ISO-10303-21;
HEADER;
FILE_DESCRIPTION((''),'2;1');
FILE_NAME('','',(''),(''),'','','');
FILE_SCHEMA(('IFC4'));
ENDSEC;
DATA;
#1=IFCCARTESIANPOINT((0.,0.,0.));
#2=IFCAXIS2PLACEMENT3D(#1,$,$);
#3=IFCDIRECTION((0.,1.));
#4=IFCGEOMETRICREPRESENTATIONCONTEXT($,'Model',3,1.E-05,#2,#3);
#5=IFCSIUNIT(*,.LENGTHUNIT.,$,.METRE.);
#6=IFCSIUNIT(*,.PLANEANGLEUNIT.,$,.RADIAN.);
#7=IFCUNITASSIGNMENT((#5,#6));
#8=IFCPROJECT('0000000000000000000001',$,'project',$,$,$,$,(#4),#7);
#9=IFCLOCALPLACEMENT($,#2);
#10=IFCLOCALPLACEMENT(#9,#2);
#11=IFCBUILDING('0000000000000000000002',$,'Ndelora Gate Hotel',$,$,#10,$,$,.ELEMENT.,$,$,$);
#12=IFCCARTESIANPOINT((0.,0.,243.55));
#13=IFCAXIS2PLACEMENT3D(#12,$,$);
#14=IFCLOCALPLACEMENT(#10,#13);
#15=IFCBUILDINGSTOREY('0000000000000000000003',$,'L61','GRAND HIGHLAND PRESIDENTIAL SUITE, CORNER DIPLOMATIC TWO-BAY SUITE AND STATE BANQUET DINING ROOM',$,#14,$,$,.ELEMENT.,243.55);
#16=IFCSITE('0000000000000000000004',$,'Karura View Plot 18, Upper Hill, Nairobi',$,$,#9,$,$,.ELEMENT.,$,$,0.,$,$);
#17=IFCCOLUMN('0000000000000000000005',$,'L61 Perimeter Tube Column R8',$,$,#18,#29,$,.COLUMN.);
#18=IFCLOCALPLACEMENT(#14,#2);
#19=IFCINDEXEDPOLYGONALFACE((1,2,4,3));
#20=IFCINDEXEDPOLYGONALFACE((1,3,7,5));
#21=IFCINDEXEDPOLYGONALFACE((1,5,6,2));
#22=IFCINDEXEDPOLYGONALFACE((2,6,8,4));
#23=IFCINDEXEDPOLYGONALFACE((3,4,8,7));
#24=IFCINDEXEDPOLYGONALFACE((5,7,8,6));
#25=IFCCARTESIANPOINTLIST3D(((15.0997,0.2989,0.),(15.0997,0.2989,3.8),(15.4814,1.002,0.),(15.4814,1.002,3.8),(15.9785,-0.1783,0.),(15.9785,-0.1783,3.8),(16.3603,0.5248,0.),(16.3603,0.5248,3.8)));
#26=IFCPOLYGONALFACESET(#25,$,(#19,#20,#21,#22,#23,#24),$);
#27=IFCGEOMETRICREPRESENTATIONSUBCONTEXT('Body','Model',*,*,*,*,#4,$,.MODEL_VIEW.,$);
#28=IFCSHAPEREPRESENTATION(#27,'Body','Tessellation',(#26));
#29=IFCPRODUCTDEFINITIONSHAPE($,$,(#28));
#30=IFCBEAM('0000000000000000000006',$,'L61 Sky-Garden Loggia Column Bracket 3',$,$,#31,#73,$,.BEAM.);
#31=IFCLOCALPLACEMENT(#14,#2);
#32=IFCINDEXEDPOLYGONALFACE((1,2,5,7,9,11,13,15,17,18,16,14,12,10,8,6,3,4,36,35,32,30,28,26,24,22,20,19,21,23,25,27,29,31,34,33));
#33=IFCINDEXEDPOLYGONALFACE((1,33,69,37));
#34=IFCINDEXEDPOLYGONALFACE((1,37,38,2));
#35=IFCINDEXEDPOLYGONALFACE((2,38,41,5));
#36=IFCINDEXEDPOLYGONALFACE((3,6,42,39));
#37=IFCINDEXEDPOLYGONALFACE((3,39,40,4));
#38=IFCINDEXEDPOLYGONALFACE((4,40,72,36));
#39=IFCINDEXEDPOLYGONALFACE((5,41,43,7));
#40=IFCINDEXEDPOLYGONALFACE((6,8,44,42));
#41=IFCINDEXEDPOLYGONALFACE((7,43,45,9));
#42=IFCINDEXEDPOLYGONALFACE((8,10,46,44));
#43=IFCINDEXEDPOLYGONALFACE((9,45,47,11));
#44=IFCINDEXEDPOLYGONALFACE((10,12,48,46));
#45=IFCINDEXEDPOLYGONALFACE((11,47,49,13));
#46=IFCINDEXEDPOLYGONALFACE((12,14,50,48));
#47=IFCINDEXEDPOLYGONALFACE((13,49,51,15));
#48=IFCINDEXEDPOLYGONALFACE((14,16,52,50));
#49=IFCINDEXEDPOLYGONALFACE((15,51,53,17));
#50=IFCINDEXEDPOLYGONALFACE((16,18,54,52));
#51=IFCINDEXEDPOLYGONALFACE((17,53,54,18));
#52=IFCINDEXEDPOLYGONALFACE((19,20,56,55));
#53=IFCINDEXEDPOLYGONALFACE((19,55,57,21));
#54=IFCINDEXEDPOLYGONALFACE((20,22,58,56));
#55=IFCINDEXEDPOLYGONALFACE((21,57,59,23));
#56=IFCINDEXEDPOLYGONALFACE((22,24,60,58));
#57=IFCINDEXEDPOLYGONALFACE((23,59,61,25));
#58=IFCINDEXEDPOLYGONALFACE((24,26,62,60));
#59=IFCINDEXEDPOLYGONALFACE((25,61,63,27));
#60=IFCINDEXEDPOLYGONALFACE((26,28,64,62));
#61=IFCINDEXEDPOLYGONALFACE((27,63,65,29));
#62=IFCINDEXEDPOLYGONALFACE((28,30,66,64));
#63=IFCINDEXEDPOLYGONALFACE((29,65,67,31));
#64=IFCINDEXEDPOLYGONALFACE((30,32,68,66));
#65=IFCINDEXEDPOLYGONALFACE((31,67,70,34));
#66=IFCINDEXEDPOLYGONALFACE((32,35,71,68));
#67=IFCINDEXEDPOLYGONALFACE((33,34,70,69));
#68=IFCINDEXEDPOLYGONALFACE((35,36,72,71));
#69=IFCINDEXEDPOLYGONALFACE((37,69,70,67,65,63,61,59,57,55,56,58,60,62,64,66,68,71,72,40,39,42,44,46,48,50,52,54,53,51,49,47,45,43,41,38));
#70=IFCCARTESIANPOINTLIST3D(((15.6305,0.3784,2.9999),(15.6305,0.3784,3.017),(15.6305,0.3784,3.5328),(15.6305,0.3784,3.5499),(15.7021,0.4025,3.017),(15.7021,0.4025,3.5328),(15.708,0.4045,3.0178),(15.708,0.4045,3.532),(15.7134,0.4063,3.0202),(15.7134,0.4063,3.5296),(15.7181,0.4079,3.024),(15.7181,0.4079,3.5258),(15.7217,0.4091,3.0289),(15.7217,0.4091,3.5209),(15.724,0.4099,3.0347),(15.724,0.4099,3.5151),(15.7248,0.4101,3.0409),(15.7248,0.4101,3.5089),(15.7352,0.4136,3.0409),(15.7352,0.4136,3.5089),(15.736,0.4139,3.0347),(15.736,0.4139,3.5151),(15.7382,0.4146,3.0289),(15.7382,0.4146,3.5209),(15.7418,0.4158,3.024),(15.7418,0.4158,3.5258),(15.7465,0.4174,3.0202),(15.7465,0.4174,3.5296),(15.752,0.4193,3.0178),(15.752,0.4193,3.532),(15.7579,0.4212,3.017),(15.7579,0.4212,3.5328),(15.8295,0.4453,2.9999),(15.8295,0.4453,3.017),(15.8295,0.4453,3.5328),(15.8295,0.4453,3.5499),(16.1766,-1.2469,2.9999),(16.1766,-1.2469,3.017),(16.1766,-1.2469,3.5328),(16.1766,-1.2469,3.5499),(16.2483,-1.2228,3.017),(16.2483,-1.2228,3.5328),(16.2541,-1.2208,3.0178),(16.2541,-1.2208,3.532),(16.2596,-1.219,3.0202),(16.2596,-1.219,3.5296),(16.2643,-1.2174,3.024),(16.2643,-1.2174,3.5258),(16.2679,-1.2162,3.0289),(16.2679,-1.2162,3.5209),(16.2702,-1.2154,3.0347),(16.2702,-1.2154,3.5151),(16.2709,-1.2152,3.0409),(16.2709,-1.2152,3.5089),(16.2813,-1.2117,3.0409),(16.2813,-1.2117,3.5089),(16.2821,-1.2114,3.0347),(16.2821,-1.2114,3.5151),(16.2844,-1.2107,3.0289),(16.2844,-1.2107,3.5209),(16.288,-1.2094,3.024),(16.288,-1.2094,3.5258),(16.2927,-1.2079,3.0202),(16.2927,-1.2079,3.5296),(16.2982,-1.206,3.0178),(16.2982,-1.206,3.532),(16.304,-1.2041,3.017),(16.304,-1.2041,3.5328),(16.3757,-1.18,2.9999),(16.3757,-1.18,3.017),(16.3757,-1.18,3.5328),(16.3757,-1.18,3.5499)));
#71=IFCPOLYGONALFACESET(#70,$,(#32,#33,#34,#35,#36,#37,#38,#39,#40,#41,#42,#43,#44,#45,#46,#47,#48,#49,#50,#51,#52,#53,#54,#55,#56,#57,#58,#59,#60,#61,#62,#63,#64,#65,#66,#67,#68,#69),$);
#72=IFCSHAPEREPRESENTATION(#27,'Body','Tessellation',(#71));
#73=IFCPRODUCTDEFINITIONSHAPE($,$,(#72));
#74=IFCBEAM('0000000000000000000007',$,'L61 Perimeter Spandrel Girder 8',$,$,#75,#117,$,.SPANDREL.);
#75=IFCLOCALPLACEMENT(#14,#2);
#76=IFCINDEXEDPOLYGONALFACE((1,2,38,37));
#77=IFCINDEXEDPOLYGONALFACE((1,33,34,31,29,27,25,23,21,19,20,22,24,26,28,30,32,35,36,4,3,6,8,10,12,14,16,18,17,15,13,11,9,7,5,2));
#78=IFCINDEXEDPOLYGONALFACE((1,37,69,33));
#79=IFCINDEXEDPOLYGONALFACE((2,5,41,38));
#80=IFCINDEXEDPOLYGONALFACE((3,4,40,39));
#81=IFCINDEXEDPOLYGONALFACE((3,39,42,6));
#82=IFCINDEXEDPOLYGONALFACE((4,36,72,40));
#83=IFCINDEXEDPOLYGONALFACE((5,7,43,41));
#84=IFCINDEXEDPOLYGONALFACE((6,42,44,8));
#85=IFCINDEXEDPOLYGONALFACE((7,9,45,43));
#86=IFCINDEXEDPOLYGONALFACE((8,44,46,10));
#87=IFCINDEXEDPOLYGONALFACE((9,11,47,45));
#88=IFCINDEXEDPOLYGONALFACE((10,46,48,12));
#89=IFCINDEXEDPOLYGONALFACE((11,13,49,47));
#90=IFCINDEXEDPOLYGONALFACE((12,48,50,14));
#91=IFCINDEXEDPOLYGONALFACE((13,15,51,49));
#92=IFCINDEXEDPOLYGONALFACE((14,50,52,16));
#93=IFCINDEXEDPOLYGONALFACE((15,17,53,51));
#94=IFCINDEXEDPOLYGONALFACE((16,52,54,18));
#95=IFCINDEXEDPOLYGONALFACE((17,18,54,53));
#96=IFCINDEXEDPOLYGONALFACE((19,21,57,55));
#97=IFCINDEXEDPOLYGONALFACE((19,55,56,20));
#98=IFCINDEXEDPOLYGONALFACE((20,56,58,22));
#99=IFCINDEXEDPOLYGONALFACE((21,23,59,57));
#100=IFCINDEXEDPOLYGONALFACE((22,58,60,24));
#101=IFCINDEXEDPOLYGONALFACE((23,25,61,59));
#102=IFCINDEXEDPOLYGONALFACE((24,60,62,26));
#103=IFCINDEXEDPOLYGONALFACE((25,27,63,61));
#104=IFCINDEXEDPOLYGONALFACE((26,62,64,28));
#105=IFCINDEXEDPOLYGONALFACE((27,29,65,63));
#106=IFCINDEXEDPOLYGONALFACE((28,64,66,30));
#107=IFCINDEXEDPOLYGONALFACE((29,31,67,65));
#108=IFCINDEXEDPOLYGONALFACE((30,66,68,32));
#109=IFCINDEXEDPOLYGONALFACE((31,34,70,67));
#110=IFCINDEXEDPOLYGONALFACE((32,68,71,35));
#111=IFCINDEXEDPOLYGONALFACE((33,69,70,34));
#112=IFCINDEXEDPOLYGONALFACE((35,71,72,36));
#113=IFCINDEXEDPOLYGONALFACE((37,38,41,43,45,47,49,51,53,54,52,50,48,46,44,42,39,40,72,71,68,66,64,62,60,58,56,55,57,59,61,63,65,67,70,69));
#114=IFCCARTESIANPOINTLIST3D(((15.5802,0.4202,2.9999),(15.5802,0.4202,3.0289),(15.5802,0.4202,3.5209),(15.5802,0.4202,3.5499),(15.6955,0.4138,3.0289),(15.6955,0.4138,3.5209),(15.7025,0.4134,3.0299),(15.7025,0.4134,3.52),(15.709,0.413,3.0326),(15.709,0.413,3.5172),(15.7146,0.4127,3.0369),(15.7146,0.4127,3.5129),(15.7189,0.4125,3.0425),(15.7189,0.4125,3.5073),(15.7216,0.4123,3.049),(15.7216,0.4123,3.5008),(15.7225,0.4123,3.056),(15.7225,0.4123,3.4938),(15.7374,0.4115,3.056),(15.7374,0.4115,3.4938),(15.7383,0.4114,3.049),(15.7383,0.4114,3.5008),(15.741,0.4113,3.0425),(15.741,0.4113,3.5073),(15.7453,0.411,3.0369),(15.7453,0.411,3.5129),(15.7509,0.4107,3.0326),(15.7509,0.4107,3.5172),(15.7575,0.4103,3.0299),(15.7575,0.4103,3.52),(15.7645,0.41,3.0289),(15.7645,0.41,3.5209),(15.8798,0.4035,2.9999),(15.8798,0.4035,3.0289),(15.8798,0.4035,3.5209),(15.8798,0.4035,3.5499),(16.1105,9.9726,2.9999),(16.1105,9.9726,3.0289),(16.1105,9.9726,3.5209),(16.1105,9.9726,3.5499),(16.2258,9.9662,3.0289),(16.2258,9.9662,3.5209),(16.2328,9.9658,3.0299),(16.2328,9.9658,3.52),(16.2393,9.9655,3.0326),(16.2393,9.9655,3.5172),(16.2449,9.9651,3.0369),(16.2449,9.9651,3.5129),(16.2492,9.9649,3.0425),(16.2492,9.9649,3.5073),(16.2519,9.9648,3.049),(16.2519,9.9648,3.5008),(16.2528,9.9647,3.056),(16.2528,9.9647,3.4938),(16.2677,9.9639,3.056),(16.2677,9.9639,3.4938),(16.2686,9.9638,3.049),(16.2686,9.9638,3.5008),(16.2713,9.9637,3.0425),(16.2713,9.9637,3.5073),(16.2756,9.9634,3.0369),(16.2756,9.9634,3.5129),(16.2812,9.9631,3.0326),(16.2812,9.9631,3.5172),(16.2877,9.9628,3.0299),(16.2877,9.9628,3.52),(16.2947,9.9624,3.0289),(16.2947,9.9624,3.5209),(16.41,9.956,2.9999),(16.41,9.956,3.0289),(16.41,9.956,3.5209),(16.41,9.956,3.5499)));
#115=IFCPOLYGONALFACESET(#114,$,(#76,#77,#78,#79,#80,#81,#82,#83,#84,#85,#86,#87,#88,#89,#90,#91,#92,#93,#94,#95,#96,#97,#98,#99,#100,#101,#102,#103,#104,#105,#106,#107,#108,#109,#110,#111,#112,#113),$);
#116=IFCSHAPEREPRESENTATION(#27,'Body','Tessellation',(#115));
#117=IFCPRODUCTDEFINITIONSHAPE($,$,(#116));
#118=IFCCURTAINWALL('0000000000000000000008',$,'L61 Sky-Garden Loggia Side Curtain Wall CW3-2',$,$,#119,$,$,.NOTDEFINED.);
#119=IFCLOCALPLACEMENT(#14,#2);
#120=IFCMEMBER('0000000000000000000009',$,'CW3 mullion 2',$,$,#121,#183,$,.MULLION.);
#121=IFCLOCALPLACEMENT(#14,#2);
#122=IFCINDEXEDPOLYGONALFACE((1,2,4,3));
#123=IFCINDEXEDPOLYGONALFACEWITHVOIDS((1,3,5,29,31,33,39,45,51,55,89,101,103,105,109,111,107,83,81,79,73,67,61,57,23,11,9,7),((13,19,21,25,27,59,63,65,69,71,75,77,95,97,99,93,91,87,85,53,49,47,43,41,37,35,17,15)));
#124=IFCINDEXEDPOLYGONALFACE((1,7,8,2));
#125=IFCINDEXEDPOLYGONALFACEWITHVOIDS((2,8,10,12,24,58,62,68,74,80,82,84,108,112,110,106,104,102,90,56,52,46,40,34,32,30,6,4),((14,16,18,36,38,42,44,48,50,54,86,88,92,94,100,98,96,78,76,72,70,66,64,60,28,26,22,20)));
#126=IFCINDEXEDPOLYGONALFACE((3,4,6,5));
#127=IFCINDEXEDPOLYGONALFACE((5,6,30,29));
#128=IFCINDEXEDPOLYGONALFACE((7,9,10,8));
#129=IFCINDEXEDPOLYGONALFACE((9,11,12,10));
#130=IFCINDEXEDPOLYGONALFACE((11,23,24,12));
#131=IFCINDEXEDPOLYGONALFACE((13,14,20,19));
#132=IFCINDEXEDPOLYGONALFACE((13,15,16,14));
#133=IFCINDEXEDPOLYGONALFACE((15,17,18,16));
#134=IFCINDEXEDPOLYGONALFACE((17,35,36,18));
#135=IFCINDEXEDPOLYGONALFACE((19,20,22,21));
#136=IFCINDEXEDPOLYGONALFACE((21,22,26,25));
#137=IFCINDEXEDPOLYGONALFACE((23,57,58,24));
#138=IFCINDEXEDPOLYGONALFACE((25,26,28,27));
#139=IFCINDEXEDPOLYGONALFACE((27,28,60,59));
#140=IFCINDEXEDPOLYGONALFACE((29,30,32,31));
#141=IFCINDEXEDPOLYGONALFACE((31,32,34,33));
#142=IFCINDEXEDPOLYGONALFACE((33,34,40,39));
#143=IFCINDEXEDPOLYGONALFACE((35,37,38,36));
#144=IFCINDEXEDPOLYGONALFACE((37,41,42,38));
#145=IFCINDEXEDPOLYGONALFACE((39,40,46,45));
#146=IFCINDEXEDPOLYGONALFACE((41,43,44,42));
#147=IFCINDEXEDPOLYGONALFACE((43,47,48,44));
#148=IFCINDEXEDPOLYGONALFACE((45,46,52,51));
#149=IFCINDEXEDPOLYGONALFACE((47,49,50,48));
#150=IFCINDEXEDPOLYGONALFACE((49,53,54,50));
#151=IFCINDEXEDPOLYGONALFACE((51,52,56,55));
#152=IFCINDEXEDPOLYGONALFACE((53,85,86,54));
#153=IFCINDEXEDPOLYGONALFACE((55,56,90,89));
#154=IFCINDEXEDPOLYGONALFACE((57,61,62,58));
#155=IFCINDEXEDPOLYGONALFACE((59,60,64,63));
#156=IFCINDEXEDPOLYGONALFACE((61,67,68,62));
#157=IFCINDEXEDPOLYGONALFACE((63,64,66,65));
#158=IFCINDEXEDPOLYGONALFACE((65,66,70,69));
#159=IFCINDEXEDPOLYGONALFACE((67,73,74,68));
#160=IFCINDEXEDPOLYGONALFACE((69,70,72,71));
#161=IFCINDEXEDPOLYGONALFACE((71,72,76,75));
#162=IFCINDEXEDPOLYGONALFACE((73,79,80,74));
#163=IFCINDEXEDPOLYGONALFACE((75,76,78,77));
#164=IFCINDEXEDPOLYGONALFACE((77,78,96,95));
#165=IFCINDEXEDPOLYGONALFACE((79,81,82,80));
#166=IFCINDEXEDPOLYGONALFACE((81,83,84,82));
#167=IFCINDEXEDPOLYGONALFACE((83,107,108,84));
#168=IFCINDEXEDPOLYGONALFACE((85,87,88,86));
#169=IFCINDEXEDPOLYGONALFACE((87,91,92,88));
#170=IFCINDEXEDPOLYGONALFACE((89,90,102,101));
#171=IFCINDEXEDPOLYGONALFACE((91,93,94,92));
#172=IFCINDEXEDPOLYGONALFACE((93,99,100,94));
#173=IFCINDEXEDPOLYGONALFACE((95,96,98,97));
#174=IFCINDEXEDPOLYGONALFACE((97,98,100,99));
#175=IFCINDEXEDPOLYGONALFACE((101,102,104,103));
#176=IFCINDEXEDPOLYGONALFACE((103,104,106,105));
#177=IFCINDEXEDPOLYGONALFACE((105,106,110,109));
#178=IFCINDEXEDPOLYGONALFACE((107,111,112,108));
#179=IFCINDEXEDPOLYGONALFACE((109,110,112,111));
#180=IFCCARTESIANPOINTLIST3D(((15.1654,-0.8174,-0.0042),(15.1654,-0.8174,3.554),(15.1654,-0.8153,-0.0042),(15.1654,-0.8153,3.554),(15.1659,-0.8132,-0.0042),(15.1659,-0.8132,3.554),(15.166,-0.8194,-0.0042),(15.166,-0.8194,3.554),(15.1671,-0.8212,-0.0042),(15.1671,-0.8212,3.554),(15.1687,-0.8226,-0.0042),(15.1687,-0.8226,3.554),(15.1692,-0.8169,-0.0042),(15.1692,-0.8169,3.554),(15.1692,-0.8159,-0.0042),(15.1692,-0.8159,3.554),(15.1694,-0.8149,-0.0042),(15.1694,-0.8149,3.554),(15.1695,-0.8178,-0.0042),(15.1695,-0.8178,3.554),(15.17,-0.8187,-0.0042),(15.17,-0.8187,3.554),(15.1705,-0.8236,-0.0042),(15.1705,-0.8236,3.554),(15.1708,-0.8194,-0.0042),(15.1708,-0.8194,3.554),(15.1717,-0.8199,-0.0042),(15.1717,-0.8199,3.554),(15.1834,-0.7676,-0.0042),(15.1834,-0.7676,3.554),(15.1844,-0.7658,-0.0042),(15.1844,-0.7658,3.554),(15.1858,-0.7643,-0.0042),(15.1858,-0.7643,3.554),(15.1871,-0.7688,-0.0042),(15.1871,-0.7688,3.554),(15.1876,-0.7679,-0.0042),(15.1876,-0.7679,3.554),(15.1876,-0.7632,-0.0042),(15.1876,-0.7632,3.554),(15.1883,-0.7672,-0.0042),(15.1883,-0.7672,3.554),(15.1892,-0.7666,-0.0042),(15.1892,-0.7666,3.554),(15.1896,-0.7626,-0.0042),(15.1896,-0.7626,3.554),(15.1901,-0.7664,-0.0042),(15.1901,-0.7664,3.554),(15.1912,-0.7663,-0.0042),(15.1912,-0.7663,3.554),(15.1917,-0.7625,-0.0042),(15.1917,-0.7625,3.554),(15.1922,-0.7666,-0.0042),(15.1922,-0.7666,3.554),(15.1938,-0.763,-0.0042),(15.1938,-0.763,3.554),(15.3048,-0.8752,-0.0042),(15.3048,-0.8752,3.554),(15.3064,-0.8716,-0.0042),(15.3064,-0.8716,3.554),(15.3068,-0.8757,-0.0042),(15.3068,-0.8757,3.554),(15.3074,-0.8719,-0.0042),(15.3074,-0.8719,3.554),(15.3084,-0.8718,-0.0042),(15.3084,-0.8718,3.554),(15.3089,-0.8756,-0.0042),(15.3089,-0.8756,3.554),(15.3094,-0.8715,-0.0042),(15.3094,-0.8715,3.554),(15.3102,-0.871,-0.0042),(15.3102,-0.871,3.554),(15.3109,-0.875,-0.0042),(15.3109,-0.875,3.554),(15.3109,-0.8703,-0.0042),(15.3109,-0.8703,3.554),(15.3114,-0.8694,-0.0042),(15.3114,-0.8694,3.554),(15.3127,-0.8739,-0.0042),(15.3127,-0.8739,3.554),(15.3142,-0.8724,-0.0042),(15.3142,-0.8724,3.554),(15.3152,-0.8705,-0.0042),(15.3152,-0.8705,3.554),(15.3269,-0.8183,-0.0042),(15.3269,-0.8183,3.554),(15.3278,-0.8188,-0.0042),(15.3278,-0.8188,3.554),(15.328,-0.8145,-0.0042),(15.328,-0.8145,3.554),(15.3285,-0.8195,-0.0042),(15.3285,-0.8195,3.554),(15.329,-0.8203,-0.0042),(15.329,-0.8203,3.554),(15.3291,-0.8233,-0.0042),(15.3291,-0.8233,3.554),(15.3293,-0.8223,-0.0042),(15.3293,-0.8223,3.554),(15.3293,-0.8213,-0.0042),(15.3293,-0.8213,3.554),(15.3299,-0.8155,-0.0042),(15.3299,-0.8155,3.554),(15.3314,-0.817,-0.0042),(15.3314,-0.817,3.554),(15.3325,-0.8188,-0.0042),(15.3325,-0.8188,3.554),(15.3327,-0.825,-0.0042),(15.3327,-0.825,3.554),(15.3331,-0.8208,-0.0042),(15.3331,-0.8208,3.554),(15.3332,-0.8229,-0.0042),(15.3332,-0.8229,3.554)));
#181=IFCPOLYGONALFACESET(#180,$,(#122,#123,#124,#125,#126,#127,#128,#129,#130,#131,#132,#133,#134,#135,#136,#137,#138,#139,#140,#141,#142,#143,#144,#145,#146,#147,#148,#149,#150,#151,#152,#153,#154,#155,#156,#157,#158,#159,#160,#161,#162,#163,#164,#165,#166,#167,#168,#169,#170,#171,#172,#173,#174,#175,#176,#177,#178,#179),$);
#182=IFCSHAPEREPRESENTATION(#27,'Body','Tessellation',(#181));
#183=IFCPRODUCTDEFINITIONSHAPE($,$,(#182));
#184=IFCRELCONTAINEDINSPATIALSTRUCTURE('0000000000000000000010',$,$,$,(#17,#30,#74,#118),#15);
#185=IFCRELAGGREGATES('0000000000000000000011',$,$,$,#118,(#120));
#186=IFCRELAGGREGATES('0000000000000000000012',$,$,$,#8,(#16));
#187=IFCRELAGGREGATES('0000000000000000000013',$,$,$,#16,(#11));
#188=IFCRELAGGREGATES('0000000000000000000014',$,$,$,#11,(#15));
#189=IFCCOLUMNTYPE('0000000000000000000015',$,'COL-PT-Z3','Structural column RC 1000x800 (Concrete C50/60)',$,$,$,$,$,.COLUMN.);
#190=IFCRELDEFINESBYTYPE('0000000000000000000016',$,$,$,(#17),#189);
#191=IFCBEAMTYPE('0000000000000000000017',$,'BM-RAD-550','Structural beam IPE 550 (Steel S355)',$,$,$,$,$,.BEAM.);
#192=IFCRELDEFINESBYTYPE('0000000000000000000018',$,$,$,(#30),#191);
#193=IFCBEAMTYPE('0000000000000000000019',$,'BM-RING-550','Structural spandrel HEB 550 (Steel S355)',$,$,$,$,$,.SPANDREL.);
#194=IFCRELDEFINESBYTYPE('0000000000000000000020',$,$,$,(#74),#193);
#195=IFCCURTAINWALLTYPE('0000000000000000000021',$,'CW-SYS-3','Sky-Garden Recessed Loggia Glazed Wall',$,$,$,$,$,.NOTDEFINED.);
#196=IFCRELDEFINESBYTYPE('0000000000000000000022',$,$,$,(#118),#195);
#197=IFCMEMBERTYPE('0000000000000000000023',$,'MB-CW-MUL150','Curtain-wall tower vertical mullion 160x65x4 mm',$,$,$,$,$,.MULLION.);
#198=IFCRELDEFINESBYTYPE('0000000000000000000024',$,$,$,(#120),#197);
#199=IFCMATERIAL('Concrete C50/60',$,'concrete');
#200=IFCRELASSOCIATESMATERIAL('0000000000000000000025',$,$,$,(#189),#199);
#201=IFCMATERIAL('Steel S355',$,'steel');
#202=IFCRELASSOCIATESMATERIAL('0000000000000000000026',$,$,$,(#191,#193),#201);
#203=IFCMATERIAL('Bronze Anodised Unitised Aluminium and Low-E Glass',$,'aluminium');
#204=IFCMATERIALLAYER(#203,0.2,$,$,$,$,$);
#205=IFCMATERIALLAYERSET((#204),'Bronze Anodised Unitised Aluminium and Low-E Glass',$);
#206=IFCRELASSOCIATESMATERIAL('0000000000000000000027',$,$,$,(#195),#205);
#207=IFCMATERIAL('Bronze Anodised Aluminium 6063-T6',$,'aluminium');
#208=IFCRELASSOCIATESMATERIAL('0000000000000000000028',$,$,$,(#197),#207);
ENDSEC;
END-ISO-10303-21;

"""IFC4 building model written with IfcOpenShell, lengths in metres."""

from ifc_helpers import new_model, si_unit, direction, frame, origin, origin_2d, place, context, subcontext, project, spatial, rectangle, hollow_rectangle, i_section, extrude, material, layer, layer_set, material_profile, profile_set, type_object, element, aggregate, save


model = new_model("IFC4")

# Units and contexts
model_context = context("Model", 3, precision=1e-05, world=origin(), true_north=direction((0.0, 1.0)))
body_context = subcontext(model_context, "Body", "Model", "MODEL_VIEW")
ifc_project = project(units=[si_unit("LENGTHUNIT", "METRE"), si_unit("PLANEANGLEUNIT", "RADIAN")], contexts=[model_context])

# Site, building, storey
site_placement = place(None, origin())
site = spatial("IfcSite", under=ifc_project, at=site_placement, Name="Karura View Plot 18, Upper Hill, Nairobi", CompositionType="ELEMENT", RefElevation=0.0)
building_placement = place(site_placement, origin())
building = spatial("IfcBuilding", under=site, at=building_placement, Name="Ndelora Gate Hotel", CompositionType="ELEMENT")
storey_placement = place(building_placement, frame((0.0, 0.0, 243.55)))
storey = spatial("IfcBuildingStorey", under=building, at=storey_placement, Name="L61", Description="GRAND HIGHLAND PRESIDENTIAL SUITE, CORNER DIPLOMATIC TWO-BAY SUITE AND STATE BANQUET DINING ROOM", CompositionType="ELEMENT", Elevation=243.55)

# Column
ifc_material_1 = material(Name="Concrete C50/60", Category="concrete")
ifc_material_profile_1 = material_profile(ifc_material_1, rectangle(XDim=0.8, YDim=1.0, at=origin_2d()), Name="RC 1000x800")
ifc_profile_set_1 = profile_set([ifc_material_profile_1], Name="Concrete C50/60")
column_type = type_object("IfcColumnType", Name="COL-PT-Z3", Description="Structural column RC 1000x800 (Concrete C50/60)", PredefinedType="COLUMN", material=ifc_profile_set_1)
column_placement = place(storey_placement, frame((15.73, 0.4119, 0.0), z_axis=(0.0, 0.0, 1.0), x_axis=(0.477159, 0.878817, 0.0)))
element("IfcColumn", 1, at=column_placement, inside=storey, type_object=column_type, Name="L61 Perimeter Tube Column R8", PredefinedType="COLUMN", context=body_context, shape_type="SweptSolid", body=[
    extrude(rectangle(XDim=0.8, YDim=1.0, at=origin_2d()), origin(), (0.0, 0.0, 1.0), 3.8),
])

# Beams
ifc_material_2 = material(Name="Steel S355", Category="steel")
ifc_material_profile_2 = material_profile(ifc_material_2, i_section(OverallWidth=0.21, OverallDepth=0.55, WebThickness=0.011, FlangeThickness=0.0171, FilletRadius=0.0239, at=origin_2d()), Name="IPE 550")
ifc_profile_set_2 = profile_set([ifc_material_profile_2], Name="Steel S355")
beam_type_1 = type_object("IfcBeamType", Name="BM-RAD-550", Description="Structural beam IPE 550 (Steel S355)", PredefinedType="BEAM", material=ifc_profile_set_2)
beam_1_placement = place(storey_placement, frame((15.73, 0.4119, 3.2749), z_axis=(0.318534, -0.947912, 0.0), x_axis=(0.947912, 0.318534, 0.0)))
element("IfcBeam", 2, at=beam_1_placement, inside=storey, type_object=beam_type_1, Name="L61 Sky-Garden Loggia Column Bracket 3", PredefinedType="BEAM", context=body_context, shape_type="SweptSolid", body=[
    extrude(i_section(OverallWidth=0.21, OverallDepth=0.55, WebThickness=0.011, FlangeThickness=0.0171, FilletRadius=0.0239, at=origin_2d()), origin(), (0.0, 0.0, 1.0), 1.7146),
])
ifc_material_profile_3 = material_profile(ifc_material_2, i_section(OverallWidth=0.3, OverallDepth=0.55, WebThickness=0.0149, FlangeThickness=0.0291, FilletRadius=0.0271, at=origin_2d()), Name="HEB 550")
ifc_profile_set_3 = profile_set([ifc_material_profile_3], Name="Steel S355")
beam_type_2 = type_object("IfcBeamType", Name="BM-RING-550", Description="Structural spandrel HEB 550 (Steel S355)", PredefinedType="SPANDREL", material=ifc_profile_set_3)
beam_2_placement = place(storey_placement, frame((15.73, 0.4119, 3.2749), z_axis=(0.055426, 0.998463, 0.0), x_axis=(-0.998463, 0.055426, 0.0)))
element("IfcBeam", 3, at=beam_2_placement, inside=storey, type_object=beam_type_2, Name="L61 Perimeter Spandrel Girder 8", PredefinedType="SPANDREL", context=body_context, shape_type="SweptSolid", body=[
    extrude(i_section(OverallWidth=0.3, OverallDepth=0.55, WebThickness=0.0149, FlangeThickness=0.0291, FilletRadius=0.0271, at=origin_2d()), origin(), (0.0, 0.0, 1.0), 9.5671),
])

# Curtain wall, member
ifc_material_3 = material(Name="Bronze Anodised Unitised Aluminium and Low-E Glass", Category="aluminium")
ifc_layer_1 = layer(ifc_material_3, 0.2)
ifc_layer_set_1 = layer_set([ifc_layer_1], Name="Bronze Anodised Unitised Aluminium and Low-E Glass")
curtain_wall_type = type_object("IfcCurtainWallType", Name="CW-SYS-3", Description="Sky-Garden Recessed Loggia Glazed Wall", PredefinedType="NOTDEFINED", material=ifc_layer_set_1)
curtain_wall_placement = place(storey_placement, origin())
curtain_wall = element("IfcCurtainWall", 4, at=curtain_wall_placement, inside=storey, type_object=curtain_wall_type, Name="L61 Sky-Garden Loggia Side Curtain Wall CW3-2", PredefinedType="NOTDEFINED")
ifc_material_4 = material(Name="Bronze Anodised Aluminium 6063-T6", Category="aluminium")
ifc_material_profile_4 = material_profile(ifc_material_4, hollow_rectangle(XDim=0.0649, YDim=0.1599, WallThickness=0.0039, InnerFilletRadius=0.0039, OuterFilletRadius=0.0081, at=origin_2d()), Name="ALU 160x65x4")
ifc_profile_set_4 = profile_set([ifc_material_profile_4], Name="Bronze Anodised Aluminium 6063-T6")
member_type_1 = type_object("IfcMemberType", Name="MB-CW-MUL150", Description="Curtain-wall tower vertical mullion 160x65x4 mm", PredefinedType="MULLION", material=ifc_profile_set_4)
member_1_placement = place(storey_placement, frame((15.2493, -0.8191, -0.0042), z_axis=(0.0, 0.0, 1.0), x_axis=(-0.358361, -0.933583, 0.0)))
member_1 = element("IfcMember", 5, at=member_1_placement, type_object=member_type_1, Name="CW3 mullion 2", PredefinedType="MULLION", context=body_context, shape_type="SweptSolid", body=[
    extrude(hollow_rectangle(XDim=0.0649, YDim=0.1599, WallThickness=0.0039, InnerFilletRadius=0.0039, OuterFilletRadius=0.0081, at=origin_2d()), origin(), (0.0, 0.0, 1.0), 3.5581),
])
aggregate(curtain_wall, [member_1])

save(model, "model.ifc")
